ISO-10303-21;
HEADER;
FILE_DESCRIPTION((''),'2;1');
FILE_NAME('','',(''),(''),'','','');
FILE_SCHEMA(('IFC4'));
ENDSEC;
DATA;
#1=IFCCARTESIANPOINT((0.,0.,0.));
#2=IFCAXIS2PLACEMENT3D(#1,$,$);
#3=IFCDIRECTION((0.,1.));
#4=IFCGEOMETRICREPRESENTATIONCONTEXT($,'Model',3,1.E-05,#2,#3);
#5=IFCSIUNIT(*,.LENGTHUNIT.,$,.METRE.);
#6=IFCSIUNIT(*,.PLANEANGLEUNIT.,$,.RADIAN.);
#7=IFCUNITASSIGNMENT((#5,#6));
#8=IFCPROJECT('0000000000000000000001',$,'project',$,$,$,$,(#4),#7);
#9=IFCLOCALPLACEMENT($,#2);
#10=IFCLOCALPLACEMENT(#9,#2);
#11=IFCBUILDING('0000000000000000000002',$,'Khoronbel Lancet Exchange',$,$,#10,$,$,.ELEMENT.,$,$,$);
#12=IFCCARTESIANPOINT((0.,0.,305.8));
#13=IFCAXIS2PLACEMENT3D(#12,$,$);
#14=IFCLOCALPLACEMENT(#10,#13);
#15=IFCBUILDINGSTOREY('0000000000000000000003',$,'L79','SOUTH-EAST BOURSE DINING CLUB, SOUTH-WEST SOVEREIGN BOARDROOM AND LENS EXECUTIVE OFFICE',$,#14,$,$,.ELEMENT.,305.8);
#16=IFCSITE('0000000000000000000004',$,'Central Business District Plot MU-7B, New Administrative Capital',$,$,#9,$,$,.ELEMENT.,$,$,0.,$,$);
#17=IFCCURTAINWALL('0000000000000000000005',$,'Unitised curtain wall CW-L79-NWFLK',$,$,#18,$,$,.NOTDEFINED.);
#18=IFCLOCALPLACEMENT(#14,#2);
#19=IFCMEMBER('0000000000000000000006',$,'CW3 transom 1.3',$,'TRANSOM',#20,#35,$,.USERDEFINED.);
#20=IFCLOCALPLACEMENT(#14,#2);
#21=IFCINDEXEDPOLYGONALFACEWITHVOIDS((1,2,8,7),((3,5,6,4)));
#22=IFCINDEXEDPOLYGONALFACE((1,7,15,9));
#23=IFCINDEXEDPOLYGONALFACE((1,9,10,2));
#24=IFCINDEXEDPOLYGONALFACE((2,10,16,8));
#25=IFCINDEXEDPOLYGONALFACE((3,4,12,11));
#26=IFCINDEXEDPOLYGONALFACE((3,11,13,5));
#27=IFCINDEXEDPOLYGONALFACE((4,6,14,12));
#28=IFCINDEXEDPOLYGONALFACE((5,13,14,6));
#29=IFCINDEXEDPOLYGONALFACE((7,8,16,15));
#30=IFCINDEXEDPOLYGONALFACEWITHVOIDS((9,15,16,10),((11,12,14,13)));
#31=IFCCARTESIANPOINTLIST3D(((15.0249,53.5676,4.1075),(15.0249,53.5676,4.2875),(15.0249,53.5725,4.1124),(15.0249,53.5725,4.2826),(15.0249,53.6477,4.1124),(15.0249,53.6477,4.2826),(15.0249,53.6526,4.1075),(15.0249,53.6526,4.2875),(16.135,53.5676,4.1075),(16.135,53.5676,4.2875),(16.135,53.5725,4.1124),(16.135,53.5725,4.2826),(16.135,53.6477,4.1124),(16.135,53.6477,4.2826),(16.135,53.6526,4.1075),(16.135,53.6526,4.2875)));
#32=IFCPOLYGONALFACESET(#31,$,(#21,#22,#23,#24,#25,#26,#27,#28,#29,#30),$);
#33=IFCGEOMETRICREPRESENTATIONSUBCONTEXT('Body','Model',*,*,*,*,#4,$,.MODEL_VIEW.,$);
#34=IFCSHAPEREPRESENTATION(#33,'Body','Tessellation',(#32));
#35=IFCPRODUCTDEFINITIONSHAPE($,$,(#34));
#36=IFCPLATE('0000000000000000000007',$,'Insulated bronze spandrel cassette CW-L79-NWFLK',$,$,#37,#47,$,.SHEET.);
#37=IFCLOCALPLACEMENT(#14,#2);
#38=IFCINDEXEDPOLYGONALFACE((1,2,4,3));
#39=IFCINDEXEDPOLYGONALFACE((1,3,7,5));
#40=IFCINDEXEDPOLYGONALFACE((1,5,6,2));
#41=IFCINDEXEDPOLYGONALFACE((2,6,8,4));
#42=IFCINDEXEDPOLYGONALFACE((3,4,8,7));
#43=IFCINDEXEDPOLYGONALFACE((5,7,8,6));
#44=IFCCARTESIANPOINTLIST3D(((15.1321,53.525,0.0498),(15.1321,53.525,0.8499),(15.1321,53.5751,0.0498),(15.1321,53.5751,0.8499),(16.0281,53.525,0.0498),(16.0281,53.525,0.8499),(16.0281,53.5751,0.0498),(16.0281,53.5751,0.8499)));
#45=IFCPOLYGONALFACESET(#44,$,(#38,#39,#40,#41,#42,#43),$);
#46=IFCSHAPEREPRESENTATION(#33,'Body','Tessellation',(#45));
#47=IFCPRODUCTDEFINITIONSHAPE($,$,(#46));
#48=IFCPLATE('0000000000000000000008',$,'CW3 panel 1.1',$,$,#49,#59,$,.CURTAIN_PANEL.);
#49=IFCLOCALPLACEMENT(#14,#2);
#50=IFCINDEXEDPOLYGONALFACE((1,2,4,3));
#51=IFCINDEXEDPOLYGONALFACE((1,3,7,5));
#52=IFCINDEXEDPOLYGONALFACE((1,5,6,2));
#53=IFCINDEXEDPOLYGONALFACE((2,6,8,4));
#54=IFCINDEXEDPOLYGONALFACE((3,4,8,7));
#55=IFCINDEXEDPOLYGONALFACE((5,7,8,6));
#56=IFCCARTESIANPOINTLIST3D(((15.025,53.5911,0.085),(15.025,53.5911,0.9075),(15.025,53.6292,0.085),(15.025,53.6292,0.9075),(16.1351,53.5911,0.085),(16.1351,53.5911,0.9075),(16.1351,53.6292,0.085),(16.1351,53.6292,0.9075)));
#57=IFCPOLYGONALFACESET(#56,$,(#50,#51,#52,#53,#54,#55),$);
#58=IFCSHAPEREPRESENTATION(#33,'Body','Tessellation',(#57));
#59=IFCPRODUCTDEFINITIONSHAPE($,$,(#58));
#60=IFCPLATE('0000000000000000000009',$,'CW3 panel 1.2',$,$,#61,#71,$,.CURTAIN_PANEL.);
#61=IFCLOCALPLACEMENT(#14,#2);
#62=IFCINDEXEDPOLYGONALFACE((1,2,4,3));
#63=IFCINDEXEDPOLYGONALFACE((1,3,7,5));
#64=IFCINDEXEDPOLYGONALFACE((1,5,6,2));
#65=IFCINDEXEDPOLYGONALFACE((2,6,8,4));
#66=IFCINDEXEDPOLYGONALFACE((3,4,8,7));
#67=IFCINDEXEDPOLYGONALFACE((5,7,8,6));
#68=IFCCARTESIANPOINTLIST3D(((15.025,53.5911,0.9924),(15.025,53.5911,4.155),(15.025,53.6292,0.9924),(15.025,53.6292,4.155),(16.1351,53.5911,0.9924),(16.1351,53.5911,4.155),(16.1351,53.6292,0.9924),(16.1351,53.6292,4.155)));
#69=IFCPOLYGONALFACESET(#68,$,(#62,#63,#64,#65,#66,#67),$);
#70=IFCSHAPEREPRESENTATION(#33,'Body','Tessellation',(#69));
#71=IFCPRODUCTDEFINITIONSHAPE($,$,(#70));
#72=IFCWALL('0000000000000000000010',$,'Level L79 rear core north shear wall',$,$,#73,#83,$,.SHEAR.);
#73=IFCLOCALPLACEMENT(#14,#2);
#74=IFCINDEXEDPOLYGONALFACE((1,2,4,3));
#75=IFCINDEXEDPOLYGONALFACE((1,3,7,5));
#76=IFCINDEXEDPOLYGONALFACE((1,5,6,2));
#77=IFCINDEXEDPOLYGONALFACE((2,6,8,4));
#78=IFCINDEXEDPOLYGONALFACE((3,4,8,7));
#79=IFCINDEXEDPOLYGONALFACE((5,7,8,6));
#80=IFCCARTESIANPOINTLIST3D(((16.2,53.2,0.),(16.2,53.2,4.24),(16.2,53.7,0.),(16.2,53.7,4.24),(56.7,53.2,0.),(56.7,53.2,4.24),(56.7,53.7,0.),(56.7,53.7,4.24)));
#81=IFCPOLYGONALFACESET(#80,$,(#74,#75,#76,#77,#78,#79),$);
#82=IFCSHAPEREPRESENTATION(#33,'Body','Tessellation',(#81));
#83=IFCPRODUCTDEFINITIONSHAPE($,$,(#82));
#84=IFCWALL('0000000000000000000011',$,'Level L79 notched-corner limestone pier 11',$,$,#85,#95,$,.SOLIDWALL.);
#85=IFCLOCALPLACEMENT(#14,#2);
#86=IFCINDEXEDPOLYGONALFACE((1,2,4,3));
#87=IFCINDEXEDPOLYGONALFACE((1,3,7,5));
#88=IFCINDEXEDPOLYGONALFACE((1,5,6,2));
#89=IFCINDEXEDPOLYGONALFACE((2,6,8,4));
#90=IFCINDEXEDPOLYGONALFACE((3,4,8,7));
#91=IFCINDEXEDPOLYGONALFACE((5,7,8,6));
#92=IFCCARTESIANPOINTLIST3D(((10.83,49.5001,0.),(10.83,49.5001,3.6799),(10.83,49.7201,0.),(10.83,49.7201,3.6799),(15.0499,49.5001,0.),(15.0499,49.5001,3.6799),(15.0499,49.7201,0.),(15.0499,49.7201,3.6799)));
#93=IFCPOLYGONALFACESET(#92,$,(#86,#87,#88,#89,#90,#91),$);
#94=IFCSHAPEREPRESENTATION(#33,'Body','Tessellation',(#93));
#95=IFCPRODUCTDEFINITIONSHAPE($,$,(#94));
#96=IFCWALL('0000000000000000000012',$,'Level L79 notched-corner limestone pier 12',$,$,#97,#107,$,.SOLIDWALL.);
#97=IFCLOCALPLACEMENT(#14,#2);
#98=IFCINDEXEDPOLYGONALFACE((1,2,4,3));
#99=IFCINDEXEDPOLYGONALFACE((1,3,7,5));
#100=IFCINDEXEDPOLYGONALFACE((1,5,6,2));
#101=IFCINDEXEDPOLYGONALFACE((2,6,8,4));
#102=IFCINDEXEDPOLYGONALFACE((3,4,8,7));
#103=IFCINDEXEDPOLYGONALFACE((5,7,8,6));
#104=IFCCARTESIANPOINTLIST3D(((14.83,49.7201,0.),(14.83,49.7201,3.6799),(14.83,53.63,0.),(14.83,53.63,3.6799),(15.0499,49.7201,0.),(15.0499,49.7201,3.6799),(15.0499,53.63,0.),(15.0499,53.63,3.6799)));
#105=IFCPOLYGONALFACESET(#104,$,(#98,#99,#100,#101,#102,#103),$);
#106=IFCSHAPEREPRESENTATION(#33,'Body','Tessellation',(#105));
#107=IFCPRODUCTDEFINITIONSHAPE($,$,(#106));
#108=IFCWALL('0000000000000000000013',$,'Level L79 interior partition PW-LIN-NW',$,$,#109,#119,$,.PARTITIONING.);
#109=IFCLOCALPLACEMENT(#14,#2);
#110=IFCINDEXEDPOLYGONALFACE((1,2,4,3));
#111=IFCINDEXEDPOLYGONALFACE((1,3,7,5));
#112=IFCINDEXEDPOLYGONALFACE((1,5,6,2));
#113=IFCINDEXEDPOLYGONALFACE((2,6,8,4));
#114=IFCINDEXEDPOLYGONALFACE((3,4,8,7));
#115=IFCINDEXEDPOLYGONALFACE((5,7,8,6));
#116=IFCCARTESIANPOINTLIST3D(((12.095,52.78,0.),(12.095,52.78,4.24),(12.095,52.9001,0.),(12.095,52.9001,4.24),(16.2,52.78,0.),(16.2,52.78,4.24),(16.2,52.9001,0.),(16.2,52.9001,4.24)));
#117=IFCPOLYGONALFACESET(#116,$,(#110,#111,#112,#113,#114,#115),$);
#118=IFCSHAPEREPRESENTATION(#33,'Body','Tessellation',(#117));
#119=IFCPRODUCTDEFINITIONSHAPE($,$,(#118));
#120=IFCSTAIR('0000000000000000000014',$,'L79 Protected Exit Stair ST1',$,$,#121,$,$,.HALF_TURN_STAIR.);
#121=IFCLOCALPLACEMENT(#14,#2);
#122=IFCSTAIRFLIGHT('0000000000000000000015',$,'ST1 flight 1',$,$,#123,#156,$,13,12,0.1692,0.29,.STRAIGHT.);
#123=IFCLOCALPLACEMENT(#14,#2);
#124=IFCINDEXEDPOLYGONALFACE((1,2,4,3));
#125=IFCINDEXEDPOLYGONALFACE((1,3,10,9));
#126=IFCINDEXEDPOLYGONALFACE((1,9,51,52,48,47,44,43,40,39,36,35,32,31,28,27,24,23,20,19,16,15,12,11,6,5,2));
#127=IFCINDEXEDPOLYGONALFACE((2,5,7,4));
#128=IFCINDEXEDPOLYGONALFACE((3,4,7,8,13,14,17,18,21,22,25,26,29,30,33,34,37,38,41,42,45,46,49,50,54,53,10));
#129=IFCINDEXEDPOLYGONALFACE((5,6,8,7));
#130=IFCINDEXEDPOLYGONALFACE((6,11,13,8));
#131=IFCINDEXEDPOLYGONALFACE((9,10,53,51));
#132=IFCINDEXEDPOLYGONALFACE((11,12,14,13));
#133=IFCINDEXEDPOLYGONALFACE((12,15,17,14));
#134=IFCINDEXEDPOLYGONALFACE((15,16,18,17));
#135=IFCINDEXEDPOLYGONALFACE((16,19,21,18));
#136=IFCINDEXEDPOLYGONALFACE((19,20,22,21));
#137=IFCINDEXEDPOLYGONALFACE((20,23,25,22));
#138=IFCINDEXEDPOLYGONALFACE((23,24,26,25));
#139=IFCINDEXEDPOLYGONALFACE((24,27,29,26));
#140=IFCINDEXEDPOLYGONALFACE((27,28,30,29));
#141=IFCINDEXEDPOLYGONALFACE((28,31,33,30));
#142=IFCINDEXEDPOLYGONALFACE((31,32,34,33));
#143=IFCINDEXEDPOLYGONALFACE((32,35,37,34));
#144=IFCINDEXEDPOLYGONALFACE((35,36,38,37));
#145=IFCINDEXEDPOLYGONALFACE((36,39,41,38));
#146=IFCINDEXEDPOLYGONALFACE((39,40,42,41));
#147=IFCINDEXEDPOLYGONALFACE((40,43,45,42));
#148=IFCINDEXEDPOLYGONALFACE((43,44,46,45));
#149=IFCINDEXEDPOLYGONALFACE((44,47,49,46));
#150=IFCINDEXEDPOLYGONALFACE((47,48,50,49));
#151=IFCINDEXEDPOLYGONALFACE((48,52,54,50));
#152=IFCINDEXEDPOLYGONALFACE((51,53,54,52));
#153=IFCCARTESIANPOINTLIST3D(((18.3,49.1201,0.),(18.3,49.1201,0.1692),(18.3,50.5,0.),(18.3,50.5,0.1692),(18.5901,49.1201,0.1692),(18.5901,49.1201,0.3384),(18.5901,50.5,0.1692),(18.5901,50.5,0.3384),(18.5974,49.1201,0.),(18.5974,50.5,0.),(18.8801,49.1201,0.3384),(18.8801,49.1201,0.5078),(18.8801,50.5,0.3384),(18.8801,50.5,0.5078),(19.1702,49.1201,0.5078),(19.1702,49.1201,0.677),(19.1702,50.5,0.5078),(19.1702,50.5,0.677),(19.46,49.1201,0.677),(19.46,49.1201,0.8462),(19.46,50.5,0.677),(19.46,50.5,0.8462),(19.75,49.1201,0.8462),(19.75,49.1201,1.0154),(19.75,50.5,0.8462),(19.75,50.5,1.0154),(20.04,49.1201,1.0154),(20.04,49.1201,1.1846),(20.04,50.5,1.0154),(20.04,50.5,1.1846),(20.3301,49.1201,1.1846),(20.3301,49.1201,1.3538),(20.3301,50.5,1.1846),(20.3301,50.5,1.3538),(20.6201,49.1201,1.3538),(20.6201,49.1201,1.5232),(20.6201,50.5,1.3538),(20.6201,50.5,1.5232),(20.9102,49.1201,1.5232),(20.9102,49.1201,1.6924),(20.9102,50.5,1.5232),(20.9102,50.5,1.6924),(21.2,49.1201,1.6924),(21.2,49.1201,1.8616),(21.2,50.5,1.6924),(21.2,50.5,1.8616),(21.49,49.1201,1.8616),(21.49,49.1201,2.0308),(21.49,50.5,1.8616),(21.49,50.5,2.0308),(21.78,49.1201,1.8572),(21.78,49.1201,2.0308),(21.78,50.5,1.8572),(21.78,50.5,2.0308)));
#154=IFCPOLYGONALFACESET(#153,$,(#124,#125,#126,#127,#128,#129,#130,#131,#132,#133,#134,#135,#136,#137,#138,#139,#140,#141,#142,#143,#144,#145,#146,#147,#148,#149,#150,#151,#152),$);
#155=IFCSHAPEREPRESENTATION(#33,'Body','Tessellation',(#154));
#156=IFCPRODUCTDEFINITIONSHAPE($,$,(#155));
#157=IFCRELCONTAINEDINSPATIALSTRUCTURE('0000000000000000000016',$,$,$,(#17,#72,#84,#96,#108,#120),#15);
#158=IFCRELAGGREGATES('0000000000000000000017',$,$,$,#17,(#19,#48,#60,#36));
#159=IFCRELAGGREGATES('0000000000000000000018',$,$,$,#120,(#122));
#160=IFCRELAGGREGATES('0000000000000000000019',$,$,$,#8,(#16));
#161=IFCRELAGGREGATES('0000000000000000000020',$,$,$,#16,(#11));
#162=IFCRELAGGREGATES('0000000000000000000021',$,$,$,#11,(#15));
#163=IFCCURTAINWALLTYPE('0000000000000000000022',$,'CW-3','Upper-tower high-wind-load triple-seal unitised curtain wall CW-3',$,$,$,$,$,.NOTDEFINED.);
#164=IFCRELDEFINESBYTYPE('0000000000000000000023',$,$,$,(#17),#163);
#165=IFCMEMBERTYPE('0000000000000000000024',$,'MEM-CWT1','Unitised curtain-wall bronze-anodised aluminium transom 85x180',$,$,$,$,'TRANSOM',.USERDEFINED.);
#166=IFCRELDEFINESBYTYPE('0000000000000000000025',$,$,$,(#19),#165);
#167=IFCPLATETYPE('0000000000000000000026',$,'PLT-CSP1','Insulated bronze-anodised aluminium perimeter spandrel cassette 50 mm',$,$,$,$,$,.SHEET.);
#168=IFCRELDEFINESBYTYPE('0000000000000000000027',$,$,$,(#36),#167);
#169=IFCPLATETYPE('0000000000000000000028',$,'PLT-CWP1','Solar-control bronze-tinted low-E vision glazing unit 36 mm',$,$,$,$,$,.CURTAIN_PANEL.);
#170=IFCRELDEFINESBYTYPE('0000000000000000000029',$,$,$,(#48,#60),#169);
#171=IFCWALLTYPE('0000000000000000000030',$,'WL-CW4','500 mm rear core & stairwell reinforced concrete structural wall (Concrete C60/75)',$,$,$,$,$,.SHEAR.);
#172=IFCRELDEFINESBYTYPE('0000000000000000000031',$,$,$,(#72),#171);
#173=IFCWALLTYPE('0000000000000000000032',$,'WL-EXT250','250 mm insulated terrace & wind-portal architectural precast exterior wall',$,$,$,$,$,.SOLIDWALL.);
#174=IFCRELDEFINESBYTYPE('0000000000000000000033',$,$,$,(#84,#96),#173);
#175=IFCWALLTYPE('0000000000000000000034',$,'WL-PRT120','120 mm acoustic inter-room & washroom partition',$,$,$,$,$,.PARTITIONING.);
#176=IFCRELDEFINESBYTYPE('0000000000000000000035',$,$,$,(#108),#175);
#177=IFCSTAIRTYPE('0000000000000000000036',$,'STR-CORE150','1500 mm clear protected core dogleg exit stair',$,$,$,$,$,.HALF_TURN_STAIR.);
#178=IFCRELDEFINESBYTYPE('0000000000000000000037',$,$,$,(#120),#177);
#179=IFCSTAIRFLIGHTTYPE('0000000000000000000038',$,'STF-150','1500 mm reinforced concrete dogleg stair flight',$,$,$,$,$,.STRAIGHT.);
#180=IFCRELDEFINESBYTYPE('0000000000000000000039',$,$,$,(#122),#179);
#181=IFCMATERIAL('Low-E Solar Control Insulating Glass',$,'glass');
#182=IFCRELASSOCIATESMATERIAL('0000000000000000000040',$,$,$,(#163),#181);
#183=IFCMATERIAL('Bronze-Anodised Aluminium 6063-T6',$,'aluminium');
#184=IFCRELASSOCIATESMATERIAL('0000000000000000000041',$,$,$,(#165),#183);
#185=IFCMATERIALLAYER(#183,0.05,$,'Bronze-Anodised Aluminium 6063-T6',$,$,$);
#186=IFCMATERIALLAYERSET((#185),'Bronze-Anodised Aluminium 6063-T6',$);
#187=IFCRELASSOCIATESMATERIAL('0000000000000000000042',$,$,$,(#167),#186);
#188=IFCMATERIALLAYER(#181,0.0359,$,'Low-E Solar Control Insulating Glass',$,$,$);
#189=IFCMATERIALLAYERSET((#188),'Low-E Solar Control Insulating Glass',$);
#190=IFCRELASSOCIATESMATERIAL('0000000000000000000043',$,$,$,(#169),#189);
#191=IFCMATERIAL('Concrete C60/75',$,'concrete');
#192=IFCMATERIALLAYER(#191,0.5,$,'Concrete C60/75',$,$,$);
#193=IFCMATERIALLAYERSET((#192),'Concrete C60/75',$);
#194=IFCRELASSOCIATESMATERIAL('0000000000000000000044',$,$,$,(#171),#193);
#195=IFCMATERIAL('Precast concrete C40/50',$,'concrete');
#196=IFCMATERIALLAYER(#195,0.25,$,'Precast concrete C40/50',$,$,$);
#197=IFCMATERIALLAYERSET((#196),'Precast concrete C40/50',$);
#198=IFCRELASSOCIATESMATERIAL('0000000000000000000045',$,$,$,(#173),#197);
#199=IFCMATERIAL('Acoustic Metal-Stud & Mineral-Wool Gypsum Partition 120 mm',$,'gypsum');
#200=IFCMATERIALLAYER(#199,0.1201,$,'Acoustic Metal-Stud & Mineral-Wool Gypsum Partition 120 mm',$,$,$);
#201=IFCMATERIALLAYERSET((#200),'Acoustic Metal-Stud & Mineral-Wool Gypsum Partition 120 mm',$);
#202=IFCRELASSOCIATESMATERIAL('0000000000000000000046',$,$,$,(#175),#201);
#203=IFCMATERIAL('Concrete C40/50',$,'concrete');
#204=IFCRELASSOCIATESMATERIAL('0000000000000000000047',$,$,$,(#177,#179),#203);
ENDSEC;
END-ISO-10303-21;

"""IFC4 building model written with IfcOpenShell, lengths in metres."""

from ifc_helpers import new_model, si_unit, direction, frame, frame_2d, origin, origin_2d, place, context, subcontext, project, spatial, polyline, rectangle, hollow_rectangle, outline, extrude, material, layer, layer_set, material_profile, profile_set, type_object, element, aggregate, save


model = new_model("IFC4")

# Units and contexts
model_context = context("Model", 3, precision=1e-05, world=origin(), true_north=direction((0.0, 1.0)))
body_context = subcontext(model_context, "Body", "Model", "MODEL_VIEW")
ifc_project = project(units=[si_unit("LENGTHUNIT", "METRE"), si_unit("PLANEANGLEUNIT", "RADIAN")], contexts=[model_context])

# Site, building, storey
site_placement = place(None, origin())
site = spatial("IfcSite", under=ifc_project, at=site_placement, Name="Central Business District Plot MU-7B, New Administrative Capital", CompositionType="ELEMENT", RefElevation=0.0)
building_placement = place(site_placement, origin())
building = spatial("IfcBuilding", under=site, at=building_placement, Name="Khoronbel Lancet Exchange", CompositionType="ELEMENT")
storey_placement = place(building_placement, frame((0.0, 0.0, 305.8)))
storey = spatial("IfcBuildingStorey", under=building, at=storey_placement, Name="L79", Description="SOUTH-EAST BOURSE DINING CLUB, SOUTH-WEST SOVEREIGN BOARDROOM AND LENS EXECUTIVE OFFICE", CompositionType="ELEMENT", Elevation=305.8)

# Curtain wall, member, plates
ifc_material_1 = material(Name="Low-E Solar Control Insulating Glass", Category="glass")
curtain_wall_type = type_object("IfcCurtainWallType", Name="CW-3", Description="Upper-tower high-wind-load triple-seal unitised curtain wall CW-3", PredefinedType="NOTDEFINED", material=ifc_material_1)
curtain_wall_placement = place(storey_placement, origin())
curtain_wall = element("IfcCurtainWall", 1, at=curtain_wall_placement, inside=storey, type_object=curtain_wall_type, Name="Unitised curtain wall CW-L79-NWFLK", PredefinedType="NOTDEFINED")
ifc_material_2 = material(Name="Bronze-Anodised Aluminium 6063-T6", Category="aluminium")
ifc_material_profile_1 = material_profile(ifc_material_2, hollow_rectangle(XDim=0.085, YDim=0.1799, WallThickness=0.0049, at=origin_2d()), Name="ALU TRANSOM 85x180")
ifc_profile_set_1 = profile_set([ifc_material_profile_1], Name="Bronze-Anodised Aluminium 6063-T6")
member_type_1 = type_object("IfcMemberType", Name="MEM-CWT1", Description="Unitised curtain-wall bronze-anodised aluminium transom 85x180", ElementType="TRANSOM", PredefinedType="USERDEFINED", material=ifc_profile_set_1)
member_1_placement = place(storey_placement, frame((16.135, 53.6101, 4.1975), z_axis=(-1.0, 0.0, 0.0), x_axis=(0.0, -1.0, 0.0)))
member_1 = element("IfcMember", 2, at=member_1_placement, type_object=member_type_1, Name="CW3 transom 1.3", ObjectType="TRANSOM", PredefinedType="USERDEFINED", context=body_context, shape_type="SweptSolid", body=[
    extrude(hollow_rectangle(XDim=0.085, YDim=0.1799, WallThickness=0.0049, at=origin_2d()), origin(), (0.0, 0.0, 1.0), 1.1101),
])
ifc_layer_1 = layer(ifc_material_2, 0.05, Name="Bronze-Anodised Aluminium 6063-T6")
ifc_layer_set_1 = layer_set([ifc_layer_1], Name="Bronze-Anodised Aluminium 6063-T6")
plate_type_1 = type_object("IfcPlateType", Name="PLT-CSP1", Description="Insulated bronze-anodised aluminium perimeter spandrel cassette 50 mm", PredefinedType="SHEET", material=ifc_layer_set_1)
plate_1_placement = place(storey_placement, frame((15.5801, 53.55, 0.0498), z_axis=(0.0, 0.0, 1.0), x_axis=(-1.0, 0.0, 0.0)))
plate_1 = element("IfcPlate", 3, at=plate_1_placement, type_object=plate_type_1, Name="Insulated bronze spandrel cassette CW-L79-NWFLK", PredefinedType="SHEET", context=body_context, shape_type="SweptSolid", body=[
    extrude(rectangle(XDim=0.896, YDim=0.05, at=origin_2d()), origin(), (0.0, 0.0, 1.0), 0.8),
])
ifc_layer_2 = layer(ifc_material_1, 0.0359, Name="Low-E Solar Control Insulating Glass")
ifc_layer_set_2 = layer_set([ifc_layer_2], Name="Low-E Solar Control Insulating Glass")
plate_type_2 = type_object("IfcPlateType", Name="PLT-CWP1", Description="Solar-control bronze-tinted low-E vision glazing unit 36 mm", PredefinedType="CURTAIN_PANEL", material=ifc_layer_set_2)
plate_2_placement = place(storey_placement, frame((15.5801, 53.6101, 0.085), z_axis=(0.0, 0.0, 1.0), x_axis=(-1.0, 0.0, 0.0)))
plate_2 = element("IfcPlate", 4, at=plate_2_placement, type_object=plate_type_2, Name="CW3 panel 1.1", PredefinedType="CURTAIN_PANEL", context=body_context, shape_type="SweptSolid", body=[
    extrude(rectangle(XDim=1.1101, YDim=0.0381, at=origin_2d()), origin(), (0.0, 0.0, 1.0), 0.8225),
])
plate_3_placement = place(storey_placement, frame((15.5801, 53.6101, 0.9924), z_axis=(0.0, 0.0, 1.0), x_axis=(-1.0, 0.0, 0.0)))
plate_3 = element("IfcPlate", 5, at=plate_3_placement, type_object=plate_type_2, Name="CW3 panel 1.2", PredefinedType="CURTAIN_PANEL", context=body_context, shape_type="SweptSolid", body=[
    extrude(rectangle(XDim=1.1101, YDim=0.0381, at=origin_2d()), origin(), (0.0, 0.0, 1.0), 3.1626),
])
aggregate(curtain_wall, [member_1, plate_2, plate_3, plate_1])

# Walls
ifc_material_3 = material(Name="Concrete C60/75", Category="concrete")
ifc_layer_3 = layer(ifc_material_3, 0.5, Name="Concrete C60/75")
ifc_layer_set_3 = layer_set([ifc_layer_3], Name="Concrete C60/75")
wall_type_1 = type_object("IfcWallType", Name="WL-CW4", Description="500 mm rear core & stairwell reinforced concrete structural wall (Concrete C60/75)", PredefinedType="SHEAR", material=ifc_layer_set_3)
wall_1_placement = place(storey_placement, frame((16.2, 53.45, 0.0), z_axis=(0.0, 0.0, 1.0), x_axis=(1.0, 0.0, 0.0)))
element("IfcWall", 6, at=wall_1_placement, inside=storey, type_object=wall_type_1, Name="Level L79 rear core north shear wall", PredefinedType="SHEAR", context=body_context, shape_type="SweptSolid", body=[
    extrude(rectangle(XDim=40.5, YDim=0.5, at=frame_2d((20.25, 0.0))), origin(), (0.0, 0.0, 1.0), 4.24),
])
ifc_material_4 = material(Name="Precast concrete C40/50", Category="concrete")
ifc_layer_4 = layer(ifc_material_4, 0.25, Name="Precast concrete C40/50")
ifc_layer_set_4 = layer_set([ifc_layer_4], Name="Precast concrete C40/50")
wall_type_2 = type_object("IfcWallType", Name="WL-EXT250", Description="250 mm insulated terrace & wind-portal architectural precast exterior wall", PredefinedType="SOLIDWALL", material=ifc_layer_set_4)
wall_2_placement = place(storey_placement, frame((10.8301, 49.6101, 0.0), z_axis=(0.0, 0.0, 1.0), x_axis=(1.0, 0.0, 0.0)))
element("IfcWall", 7, at=wall_2_placement, inside=storey, type_object=wall_type_2, Name="Level L79 notched-corner limestone pier 11", PredefinedType="SOLIDWALL", context=body_context, shape_type="SweptSolid", body=[
    extrude(rectangle(XDim=4.22, YDim=0.22, at=frame_2d((2.1099, 0.0))), origin(), (0.0, 0.0, 1.0), 3.6799),
])
wall_3_placement = place(storey_placement, frame((14.9399, 49.72, 0.0), z_axis=(0.0, 0.0, 1.0), x_axis=(0.0, 1.0, 0.0)))
element("IfcWall", 8, at=wall_3_placement, inside=storey, type_object=wall_type_2, Name="Level L79 notched-corner limestone pier 12", PredefinedType="SOLIDWALL", context=body_context, shape_type="SweptSolid", body=[
    extrude(rectangle(XDim=3.9099, YDim=0.22, at=frame_2d((1.9551, 0.0))), origin(), (0.0, 0.0, 1.0), 3.6799),
])
ifc_material_5 = material(Name="Acoustic Metal-Stud & Mineral-Wool Gypsum Partition 120 mm", Category="gypsum")
ifc_layer_5 = layer(ifc_material_5, 0.1201, Name="Acoustic Metal-Stud & Mineral-Wool Gypsum Partition 120 mm")
ifc_layer_set_5 = layer_set([ifc_layer_5], Name="Acoustic Metal-Stud & Mineral-Wool Gypsum Partition 120 mm")
wall_type_3 = type_object("IfcWallType", Name="WL-PRT120", Description="120 mm acoustic inter-room & washroom partition", PredefinedType="PARTITIONING", material=ifc_layer_set_5)
wall_4_placement = place(storey_placement, frame((12.095, 52.8401, 0.0), z_axis=(0.0, 0.0, 1.0), x_axis=(1.0, 0.0, 0.0)))
element("IfcWall", 9, at=wall_4_placement, inside=storey, type_object=wall_type_3, Name="Level L79 interior partition PW-LIN-NW", PredefinedType="PARTITIONING", context=body_context, shape_type="SweptSolid", body=[
    extrude(rectangle(XDim=4.105, YDim=0.1201, at=frame_2d((2.0525, 0.0))), origin(), (0.0, 0.0, 1.0), 4.24),
])

# Stair, stair flight
ifc_material_6 = material(Name="Concrete C40/50", Category="concrete")
stair_type = type_object("IfcStairType", Name="STR-CORE150", Description="1500 mm clear protected core dogleg exit stair", PredefinedType="HALF_TURN_STAIR", material=ifc_material_6)
stair_placement = place(storey_placement, origin())
stair = element("IfcStair", 10, at=stair_placement, inside=storey, type_object=stair_type, Name="L79 Protected Exit Stair ST1", PredefinedType="HALF_TURN_STAIR")
stair_flight_type = type_object("IfcStairFlightType", Name="STF-150", Description="1500 mm reinforced concrete dogleg stair flight", PredefinedType="STRAIGHT", material=ifc_material_6)
stair_flight_placement = place(storey_placement, frame((18.3, 49.8101, 0.0), z_axis=(0.0, 0.0, 1.0), x_axis=(1.0, 0.0, 0.0)))
stair_flight = element("IfcStairFlight", 11, at=stair_flight_placement, type_object=stair_flight_type, Name="ST1 flight 1", NumberOfRisers=13, NumberOfTreads=12, PredefinedType="STRAIGHT", RiserHeight=0.1692, TreadLength=0.29, context=body_context, shape_type="SweptSolid", body=[
    extrude(outline(polyline([(0.0, 0.0), (0.0, 0.1692), (0.29, 0.1692), (0.29, 0.3384), (0.5801, 0.3384), (0.5801, 0.5078), (0.8701, 0.5078), (0.8701, 0.677), (1.1599, 0.677), (1.1599, 0.8462), (1.45, 0.8462), (1.45, 1.0154), (1.74, 1.0154), (1.74, 1.1846), (2.03, 1.1846), (2.03, 1.3538), (2.3201, 1.3538), (2.3201, 1.5232), (2.6101, 1.5232), (2.6101, 1.6924), (2.8999, 1.6924), (2.8999, 1.8616), (3.1899, 1.8616), (3.1899, 2.0308), (3.48, 2.0308), (3.48, 2.2), (3.48, 1.8572), (0.2974, 0.0), (0.0, 0.0)])), frame((0.0, 0.6899, 0.0), z_axis=(0.0, -1.0, 0.0), x_axis=(1.0, 0.0, 0.0)), (0.0, 0.0, 1.0), 1.3799),
])
aggregate(stair, [stair_flight])

save(model, "model.ifc")
